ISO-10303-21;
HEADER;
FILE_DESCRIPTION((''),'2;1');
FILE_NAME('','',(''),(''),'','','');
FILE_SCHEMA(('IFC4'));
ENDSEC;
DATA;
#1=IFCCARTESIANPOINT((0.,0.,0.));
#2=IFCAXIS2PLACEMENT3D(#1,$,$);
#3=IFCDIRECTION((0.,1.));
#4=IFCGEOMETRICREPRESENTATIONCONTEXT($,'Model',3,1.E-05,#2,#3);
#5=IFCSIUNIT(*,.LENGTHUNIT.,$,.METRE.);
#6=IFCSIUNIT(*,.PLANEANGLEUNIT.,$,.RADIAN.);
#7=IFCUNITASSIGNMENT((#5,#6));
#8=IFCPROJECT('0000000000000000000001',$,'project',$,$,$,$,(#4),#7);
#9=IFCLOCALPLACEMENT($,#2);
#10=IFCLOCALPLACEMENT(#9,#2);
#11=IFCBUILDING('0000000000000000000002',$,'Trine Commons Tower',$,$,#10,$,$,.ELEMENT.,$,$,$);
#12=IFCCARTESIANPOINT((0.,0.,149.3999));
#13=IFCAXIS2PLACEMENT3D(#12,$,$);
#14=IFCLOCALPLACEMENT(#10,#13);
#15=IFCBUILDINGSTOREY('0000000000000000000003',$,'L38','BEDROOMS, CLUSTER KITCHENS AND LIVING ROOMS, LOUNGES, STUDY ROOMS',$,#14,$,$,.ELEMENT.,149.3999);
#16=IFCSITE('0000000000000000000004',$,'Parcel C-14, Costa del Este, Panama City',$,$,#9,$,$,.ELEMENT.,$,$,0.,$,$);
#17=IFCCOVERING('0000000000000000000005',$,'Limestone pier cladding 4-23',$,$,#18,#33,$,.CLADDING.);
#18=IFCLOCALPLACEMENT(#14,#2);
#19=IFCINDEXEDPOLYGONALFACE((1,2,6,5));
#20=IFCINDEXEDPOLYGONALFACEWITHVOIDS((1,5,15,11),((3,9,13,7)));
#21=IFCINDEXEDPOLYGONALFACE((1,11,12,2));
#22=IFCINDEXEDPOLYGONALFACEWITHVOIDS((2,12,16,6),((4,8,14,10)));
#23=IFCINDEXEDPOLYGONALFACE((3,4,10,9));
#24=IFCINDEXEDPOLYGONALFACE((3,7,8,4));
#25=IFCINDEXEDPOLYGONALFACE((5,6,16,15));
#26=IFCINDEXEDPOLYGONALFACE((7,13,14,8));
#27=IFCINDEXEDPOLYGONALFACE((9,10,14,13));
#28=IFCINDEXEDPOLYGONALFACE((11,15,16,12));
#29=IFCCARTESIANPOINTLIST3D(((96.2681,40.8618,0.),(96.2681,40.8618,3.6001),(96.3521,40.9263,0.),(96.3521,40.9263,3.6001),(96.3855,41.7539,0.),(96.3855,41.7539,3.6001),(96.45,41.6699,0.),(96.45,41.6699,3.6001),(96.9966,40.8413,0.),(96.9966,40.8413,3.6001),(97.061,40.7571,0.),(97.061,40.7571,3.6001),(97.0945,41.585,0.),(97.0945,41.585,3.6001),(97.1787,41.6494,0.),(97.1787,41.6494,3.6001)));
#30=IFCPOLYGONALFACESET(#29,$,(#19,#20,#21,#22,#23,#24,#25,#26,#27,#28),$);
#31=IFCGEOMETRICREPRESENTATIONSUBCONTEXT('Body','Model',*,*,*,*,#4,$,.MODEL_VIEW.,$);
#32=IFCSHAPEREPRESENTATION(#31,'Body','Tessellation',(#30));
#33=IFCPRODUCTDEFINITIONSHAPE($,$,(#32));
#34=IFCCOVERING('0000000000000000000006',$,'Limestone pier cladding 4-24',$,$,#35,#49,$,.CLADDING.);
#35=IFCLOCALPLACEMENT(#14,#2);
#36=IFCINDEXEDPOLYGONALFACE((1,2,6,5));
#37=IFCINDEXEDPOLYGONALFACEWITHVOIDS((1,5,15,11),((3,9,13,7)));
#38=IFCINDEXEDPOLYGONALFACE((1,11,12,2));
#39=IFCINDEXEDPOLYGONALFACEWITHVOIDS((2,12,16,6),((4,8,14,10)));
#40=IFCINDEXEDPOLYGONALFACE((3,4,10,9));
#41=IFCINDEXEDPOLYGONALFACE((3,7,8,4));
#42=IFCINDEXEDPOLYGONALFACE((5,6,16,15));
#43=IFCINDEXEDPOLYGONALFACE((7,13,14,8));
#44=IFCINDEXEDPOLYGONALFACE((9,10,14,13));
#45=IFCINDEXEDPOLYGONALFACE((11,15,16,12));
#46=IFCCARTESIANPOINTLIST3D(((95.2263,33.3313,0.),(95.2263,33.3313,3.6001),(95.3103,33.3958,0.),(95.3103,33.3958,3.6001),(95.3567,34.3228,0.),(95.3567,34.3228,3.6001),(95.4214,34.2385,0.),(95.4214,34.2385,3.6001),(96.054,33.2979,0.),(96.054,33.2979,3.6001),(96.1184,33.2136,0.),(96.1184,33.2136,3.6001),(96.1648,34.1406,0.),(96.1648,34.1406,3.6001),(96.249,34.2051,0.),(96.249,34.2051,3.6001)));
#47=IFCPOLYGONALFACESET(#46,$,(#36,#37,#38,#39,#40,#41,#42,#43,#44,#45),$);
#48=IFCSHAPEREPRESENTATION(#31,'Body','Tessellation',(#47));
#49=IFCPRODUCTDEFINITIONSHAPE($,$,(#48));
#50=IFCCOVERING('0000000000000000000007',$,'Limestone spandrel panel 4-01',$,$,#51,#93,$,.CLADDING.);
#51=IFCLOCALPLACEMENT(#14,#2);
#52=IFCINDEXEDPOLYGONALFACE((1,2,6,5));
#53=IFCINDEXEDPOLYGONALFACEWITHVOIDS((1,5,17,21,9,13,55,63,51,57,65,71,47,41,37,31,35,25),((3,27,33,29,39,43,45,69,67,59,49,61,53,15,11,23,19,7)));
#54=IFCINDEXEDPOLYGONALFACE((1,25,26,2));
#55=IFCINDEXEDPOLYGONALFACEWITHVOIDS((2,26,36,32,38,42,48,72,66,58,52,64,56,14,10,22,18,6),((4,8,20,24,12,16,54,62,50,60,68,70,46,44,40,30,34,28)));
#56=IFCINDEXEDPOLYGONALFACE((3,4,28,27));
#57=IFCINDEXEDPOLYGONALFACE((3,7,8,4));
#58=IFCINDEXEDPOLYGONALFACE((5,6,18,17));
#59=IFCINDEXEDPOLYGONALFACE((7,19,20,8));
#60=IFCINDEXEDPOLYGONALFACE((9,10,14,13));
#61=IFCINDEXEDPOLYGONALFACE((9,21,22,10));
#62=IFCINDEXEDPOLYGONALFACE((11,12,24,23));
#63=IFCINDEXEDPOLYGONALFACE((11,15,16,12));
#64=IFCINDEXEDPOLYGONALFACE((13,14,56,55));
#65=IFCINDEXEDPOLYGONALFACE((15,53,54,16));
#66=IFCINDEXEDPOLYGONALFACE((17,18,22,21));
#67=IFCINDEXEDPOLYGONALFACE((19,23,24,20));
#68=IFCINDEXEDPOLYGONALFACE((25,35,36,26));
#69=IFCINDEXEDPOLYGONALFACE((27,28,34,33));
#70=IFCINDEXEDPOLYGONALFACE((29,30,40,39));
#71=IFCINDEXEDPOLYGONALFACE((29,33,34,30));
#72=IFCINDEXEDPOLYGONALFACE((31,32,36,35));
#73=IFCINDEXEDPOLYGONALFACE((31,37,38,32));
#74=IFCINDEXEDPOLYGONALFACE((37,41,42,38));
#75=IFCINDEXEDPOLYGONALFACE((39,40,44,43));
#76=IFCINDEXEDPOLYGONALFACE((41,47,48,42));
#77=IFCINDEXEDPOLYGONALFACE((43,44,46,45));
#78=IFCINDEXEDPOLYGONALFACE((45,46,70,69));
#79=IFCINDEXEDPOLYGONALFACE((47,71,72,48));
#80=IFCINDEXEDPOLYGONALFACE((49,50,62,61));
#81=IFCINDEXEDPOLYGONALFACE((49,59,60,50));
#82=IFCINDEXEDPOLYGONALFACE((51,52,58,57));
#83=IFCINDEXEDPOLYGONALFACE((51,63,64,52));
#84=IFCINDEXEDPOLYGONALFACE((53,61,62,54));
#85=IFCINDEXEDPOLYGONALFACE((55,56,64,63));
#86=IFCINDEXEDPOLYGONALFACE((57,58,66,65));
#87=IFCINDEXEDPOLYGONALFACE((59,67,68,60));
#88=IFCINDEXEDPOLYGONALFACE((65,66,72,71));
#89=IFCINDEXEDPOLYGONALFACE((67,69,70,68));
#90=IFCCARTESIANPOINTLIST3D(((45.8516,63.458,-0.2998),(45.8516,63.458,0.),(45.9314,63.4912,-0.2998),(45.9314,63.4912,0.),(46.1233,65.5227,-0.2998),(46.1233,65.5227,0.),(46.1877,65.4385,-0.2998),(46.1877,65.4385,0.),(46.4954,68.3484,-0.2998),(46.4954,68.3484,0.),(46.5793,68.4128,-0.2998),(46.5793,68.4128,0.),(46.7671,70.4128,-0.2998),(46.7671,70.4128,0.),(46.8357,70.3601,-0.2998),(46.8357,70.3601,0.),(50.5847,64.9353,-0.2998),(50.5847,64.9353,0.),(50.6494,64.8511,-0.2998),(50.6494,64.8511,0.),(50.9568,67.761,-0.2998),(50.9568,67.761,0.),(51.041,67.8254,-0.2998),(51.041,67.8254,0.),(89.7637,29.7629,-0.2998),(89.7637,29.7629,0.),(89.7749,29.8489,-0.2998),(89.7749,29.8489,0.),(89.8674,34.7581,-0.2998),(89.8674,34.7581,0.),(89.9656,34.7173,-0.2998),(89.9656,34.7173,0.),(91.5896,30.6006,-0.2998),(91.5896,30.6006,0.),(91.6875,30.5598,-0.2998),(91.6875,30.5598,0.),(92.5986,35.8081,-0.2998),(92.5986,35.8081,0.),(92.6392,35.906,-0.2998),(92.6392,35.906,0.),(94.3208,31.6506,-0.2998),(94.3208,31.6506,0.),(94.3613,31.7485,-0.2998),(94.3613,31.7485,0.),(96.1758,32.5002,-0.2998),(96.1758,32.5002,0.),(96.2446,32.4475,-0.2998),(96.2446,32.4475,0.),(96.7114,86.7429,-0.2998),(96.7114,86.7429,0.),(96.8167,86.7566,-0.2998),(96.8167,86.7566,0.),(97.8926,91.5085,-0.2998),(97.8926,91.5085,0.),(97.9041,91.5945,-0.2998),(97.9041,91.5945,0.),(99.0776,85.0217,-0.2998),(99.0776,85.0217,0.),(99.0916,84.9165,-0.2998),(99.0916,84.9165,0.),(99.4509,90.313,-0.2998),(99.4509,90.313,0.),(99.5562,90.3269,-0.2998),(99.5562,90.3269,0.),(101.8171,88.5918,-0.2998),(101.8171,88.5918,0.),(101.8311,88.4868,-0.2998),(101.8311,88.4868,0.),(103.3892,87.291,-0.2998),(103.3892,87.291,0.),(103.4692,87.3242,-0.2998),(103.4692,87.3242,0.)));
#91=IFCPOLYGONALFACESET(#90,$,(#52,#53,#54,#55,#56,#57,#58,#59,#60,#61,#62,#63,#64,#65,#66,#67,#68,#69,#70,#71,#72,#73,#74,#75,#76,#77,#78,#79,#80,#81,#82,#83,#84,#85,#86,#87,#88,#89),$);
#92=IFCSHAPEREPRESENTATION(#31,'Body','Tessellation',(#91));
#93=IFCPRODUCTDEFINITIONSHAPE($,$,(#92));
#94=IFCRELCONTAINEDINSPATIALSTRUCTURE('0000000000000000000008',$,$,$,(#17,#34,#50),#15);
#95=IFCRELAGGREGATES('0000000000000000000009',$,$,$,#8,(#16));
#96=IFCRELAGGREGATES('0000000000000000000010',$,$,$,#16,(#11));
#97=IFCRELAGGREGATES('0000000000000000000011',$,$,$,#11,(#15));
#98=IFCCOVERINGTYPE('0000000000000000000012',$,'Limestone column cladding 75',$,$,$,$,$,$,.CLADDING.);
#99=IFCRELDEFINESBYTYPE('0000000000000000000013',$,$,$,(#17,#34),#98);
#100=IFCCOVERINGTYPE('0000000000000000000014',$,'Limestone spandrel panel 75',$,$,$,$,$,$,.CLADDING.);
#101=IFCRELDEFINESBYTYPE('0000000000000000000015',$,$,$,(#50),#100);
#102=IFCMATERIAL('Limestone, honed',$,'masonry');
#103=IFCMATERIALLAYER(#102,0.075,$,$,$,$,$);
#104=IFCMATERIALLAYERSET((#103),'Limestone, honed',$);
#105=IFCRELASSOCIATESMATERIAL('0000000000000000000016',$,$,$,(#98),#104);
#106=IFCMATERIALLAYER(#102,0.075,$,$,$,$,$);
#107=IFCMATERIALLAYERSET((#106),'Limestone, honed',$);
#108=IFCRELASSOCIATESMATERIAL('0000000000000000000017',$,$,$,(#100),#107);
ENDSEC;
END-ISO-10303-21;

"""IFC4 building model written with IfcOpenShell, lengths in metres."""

from ifc_helpers import new_model, si_unit, direction, frame, origin, place, context, subcontext, project, spatial, polyline, outline, extrude, material, layer, layer_set, type_object, element, save


model = new_model("IFC4")

# Units and contexts
model_context = context("Model", 3, precision=1e-05, world=origin(), true_north=direction((0.0, 1.0)))
body_context = subcontext(model_context, "Body", "Model", "MODEL_VIEW")
ifc_project = project(units=[si_unit("LENGTHUNIT", "METRE"), si_unit("PLANEANGLEUNIT", "RADIAN")], contexts=[model_context])

# Site, building, storey
site_placement = place(None, origin())
site = spatial("IfcSite", under=ifc_project, at=site_placement, Name="Parcel C-14, Costa del Este, Panama City", CompositionType="ELEMENT", RefElevation=0.0)
building_placement = place(site_placement, origin())
building = spatial("IfcBuilding", under=site, at=building_placement, Name="Trine Commons Tower", CompositionType="ELEMENT")
storey_placement = place(building_placement, frame((0.0, 0.0, 149.3999)))
storey = spatial("IfcBuildingStorey", under=building, at=storey_placement, Name="L38", Description="BEDROOMS, CLUSTER KITCHENS AND LIVING ROOMS, LOUNGES, STUDY ROOMS", CompositionType="ELEMENT", Elevation=149.3999)

# Coverings
ifc_material_1 = material(Name="Limestone, honed", Category="masonry")
ifc_layer_1 = layer(ifc_material_1, 0.075)
ifc_layer_set_1 = layer_set([ifc_layer_1], Name="Limestone, honed")
covering_type_1 = type_object("IfcCoveringType", Name="Limestone column cladding 75", PredefinedType="CLADDING", material=ifc_layer_set_1)
covering_1_placement = place(storey_placement, origin())
element("IfcCovering", 1, at=covering_1_placement, inside=storey, type_object=covering_type_1, Name="Limestone pier cladding 4-23", PredefinedType="CLADDING", context=body_context, shape_type="SweptSolid", body=[
    extrude(outline(polyline([(97.1787, 41.6494), (96.3855, 41.7539), (96.2681, 40.8618), (97.061, 40.7571), (97.1787, 41.6494)]), holes=[polyline([(97.0945, 41.585), (96.45, 41.6699), (96.3521, 40.9263), (96.9966, 40.8413), (97.0945, 41.585)])]), origin(), (0.0, 0.0, 1.0), 3.6001),
])
covering_2_placement = place(storey_placement, origin())
element("IfcCovering", 2, at=covering_2_placement, inside=storey, type_object=covering_type_1, Name="Limestone pier cladding 4-24", PredefinedType="CLADDING", context=body_context, shape_type="SweptSolid", body=[
    extrude(outline(polyline([(96.249, 34.2051), (95.3567, 34.3228), (95.2263, 33.3313), (96.1184, 33.2136), (96.249, 34.2051)]), holes=[polyline([(96.1648, 34.1406), (95.4214, 34.2385), (95.3103, 33.3958), (96.054, 33.2979), (96.1648, 34.1406)])]), origin(), (0.0, 0.0, 1.0), 3.6001),
])
ifc_layer_2 = layer(ifc_material_1, 0.075)
ifc_layer_set_2 = layer_set([ifc_layer_2], Name="Limestone, honed")
covering_type_2 = type_object("IfcCoveringType", Name="Limestone spandrel panel 75", PredefinedType="CLADDING", material=ifc_layer_set_2)
covering_3_placement = place(storey_placement, frame((0.0, 0.0, -0.2998)))
element("IfcCovering", 3, at=covering_3_placement, inside=storey, type_object=covering_type_2, Name="Limestone spandrel panel 4-01", PredefinedType="CLADDING", context=body_context, shape_type="SweptSolid", body=[
    extrude(outline(polyline([(92.5986, 35.8081), (94.3208, 31.6506), (96.2446, 32.4475), (103.4692, 87.3242), (101.8171, 88.5918), (99.0776, 85.0217), (96.8167, 86.7566), (99.5562, 90.3269), (97.9041, 91.5945), (46.7671, 70.4128), (46.4954, 68.3484), (50.9568, 67.761), (50.5847, 64.9353), (46.1233, 65.5227), (45.8516, 63.458), (89.7637, 29.7629), (91.6875, 30.5598), (89.9656, 34.7173), (92.5986, 35.8081)]), holes=[polyline([(101.8311, 88.4868), (103.3892, 87.291), (96.1758, 32.5002), (94.3613, 31.7485), (92.6392, 35.906), (89.8674, 34.7581), (91.5896, 30.6006), (89.7749, 29.8489), (45.9314, 63.4912), (46.1877, 65.4385), (50.6494, 64.8511), (51.041, 67.8254), (46.5793, 68.4128), (46.8357, 70.3601), (97.8926, 91.5085), (99.4509, 90.313), (96.7114, 86.7429), (99.0916, 84.9165), (101.8311, 88.4868)])]), origin(), (0.0, 0.0, 1.0), 0.2998),
])

save(model, "model.ifc")
